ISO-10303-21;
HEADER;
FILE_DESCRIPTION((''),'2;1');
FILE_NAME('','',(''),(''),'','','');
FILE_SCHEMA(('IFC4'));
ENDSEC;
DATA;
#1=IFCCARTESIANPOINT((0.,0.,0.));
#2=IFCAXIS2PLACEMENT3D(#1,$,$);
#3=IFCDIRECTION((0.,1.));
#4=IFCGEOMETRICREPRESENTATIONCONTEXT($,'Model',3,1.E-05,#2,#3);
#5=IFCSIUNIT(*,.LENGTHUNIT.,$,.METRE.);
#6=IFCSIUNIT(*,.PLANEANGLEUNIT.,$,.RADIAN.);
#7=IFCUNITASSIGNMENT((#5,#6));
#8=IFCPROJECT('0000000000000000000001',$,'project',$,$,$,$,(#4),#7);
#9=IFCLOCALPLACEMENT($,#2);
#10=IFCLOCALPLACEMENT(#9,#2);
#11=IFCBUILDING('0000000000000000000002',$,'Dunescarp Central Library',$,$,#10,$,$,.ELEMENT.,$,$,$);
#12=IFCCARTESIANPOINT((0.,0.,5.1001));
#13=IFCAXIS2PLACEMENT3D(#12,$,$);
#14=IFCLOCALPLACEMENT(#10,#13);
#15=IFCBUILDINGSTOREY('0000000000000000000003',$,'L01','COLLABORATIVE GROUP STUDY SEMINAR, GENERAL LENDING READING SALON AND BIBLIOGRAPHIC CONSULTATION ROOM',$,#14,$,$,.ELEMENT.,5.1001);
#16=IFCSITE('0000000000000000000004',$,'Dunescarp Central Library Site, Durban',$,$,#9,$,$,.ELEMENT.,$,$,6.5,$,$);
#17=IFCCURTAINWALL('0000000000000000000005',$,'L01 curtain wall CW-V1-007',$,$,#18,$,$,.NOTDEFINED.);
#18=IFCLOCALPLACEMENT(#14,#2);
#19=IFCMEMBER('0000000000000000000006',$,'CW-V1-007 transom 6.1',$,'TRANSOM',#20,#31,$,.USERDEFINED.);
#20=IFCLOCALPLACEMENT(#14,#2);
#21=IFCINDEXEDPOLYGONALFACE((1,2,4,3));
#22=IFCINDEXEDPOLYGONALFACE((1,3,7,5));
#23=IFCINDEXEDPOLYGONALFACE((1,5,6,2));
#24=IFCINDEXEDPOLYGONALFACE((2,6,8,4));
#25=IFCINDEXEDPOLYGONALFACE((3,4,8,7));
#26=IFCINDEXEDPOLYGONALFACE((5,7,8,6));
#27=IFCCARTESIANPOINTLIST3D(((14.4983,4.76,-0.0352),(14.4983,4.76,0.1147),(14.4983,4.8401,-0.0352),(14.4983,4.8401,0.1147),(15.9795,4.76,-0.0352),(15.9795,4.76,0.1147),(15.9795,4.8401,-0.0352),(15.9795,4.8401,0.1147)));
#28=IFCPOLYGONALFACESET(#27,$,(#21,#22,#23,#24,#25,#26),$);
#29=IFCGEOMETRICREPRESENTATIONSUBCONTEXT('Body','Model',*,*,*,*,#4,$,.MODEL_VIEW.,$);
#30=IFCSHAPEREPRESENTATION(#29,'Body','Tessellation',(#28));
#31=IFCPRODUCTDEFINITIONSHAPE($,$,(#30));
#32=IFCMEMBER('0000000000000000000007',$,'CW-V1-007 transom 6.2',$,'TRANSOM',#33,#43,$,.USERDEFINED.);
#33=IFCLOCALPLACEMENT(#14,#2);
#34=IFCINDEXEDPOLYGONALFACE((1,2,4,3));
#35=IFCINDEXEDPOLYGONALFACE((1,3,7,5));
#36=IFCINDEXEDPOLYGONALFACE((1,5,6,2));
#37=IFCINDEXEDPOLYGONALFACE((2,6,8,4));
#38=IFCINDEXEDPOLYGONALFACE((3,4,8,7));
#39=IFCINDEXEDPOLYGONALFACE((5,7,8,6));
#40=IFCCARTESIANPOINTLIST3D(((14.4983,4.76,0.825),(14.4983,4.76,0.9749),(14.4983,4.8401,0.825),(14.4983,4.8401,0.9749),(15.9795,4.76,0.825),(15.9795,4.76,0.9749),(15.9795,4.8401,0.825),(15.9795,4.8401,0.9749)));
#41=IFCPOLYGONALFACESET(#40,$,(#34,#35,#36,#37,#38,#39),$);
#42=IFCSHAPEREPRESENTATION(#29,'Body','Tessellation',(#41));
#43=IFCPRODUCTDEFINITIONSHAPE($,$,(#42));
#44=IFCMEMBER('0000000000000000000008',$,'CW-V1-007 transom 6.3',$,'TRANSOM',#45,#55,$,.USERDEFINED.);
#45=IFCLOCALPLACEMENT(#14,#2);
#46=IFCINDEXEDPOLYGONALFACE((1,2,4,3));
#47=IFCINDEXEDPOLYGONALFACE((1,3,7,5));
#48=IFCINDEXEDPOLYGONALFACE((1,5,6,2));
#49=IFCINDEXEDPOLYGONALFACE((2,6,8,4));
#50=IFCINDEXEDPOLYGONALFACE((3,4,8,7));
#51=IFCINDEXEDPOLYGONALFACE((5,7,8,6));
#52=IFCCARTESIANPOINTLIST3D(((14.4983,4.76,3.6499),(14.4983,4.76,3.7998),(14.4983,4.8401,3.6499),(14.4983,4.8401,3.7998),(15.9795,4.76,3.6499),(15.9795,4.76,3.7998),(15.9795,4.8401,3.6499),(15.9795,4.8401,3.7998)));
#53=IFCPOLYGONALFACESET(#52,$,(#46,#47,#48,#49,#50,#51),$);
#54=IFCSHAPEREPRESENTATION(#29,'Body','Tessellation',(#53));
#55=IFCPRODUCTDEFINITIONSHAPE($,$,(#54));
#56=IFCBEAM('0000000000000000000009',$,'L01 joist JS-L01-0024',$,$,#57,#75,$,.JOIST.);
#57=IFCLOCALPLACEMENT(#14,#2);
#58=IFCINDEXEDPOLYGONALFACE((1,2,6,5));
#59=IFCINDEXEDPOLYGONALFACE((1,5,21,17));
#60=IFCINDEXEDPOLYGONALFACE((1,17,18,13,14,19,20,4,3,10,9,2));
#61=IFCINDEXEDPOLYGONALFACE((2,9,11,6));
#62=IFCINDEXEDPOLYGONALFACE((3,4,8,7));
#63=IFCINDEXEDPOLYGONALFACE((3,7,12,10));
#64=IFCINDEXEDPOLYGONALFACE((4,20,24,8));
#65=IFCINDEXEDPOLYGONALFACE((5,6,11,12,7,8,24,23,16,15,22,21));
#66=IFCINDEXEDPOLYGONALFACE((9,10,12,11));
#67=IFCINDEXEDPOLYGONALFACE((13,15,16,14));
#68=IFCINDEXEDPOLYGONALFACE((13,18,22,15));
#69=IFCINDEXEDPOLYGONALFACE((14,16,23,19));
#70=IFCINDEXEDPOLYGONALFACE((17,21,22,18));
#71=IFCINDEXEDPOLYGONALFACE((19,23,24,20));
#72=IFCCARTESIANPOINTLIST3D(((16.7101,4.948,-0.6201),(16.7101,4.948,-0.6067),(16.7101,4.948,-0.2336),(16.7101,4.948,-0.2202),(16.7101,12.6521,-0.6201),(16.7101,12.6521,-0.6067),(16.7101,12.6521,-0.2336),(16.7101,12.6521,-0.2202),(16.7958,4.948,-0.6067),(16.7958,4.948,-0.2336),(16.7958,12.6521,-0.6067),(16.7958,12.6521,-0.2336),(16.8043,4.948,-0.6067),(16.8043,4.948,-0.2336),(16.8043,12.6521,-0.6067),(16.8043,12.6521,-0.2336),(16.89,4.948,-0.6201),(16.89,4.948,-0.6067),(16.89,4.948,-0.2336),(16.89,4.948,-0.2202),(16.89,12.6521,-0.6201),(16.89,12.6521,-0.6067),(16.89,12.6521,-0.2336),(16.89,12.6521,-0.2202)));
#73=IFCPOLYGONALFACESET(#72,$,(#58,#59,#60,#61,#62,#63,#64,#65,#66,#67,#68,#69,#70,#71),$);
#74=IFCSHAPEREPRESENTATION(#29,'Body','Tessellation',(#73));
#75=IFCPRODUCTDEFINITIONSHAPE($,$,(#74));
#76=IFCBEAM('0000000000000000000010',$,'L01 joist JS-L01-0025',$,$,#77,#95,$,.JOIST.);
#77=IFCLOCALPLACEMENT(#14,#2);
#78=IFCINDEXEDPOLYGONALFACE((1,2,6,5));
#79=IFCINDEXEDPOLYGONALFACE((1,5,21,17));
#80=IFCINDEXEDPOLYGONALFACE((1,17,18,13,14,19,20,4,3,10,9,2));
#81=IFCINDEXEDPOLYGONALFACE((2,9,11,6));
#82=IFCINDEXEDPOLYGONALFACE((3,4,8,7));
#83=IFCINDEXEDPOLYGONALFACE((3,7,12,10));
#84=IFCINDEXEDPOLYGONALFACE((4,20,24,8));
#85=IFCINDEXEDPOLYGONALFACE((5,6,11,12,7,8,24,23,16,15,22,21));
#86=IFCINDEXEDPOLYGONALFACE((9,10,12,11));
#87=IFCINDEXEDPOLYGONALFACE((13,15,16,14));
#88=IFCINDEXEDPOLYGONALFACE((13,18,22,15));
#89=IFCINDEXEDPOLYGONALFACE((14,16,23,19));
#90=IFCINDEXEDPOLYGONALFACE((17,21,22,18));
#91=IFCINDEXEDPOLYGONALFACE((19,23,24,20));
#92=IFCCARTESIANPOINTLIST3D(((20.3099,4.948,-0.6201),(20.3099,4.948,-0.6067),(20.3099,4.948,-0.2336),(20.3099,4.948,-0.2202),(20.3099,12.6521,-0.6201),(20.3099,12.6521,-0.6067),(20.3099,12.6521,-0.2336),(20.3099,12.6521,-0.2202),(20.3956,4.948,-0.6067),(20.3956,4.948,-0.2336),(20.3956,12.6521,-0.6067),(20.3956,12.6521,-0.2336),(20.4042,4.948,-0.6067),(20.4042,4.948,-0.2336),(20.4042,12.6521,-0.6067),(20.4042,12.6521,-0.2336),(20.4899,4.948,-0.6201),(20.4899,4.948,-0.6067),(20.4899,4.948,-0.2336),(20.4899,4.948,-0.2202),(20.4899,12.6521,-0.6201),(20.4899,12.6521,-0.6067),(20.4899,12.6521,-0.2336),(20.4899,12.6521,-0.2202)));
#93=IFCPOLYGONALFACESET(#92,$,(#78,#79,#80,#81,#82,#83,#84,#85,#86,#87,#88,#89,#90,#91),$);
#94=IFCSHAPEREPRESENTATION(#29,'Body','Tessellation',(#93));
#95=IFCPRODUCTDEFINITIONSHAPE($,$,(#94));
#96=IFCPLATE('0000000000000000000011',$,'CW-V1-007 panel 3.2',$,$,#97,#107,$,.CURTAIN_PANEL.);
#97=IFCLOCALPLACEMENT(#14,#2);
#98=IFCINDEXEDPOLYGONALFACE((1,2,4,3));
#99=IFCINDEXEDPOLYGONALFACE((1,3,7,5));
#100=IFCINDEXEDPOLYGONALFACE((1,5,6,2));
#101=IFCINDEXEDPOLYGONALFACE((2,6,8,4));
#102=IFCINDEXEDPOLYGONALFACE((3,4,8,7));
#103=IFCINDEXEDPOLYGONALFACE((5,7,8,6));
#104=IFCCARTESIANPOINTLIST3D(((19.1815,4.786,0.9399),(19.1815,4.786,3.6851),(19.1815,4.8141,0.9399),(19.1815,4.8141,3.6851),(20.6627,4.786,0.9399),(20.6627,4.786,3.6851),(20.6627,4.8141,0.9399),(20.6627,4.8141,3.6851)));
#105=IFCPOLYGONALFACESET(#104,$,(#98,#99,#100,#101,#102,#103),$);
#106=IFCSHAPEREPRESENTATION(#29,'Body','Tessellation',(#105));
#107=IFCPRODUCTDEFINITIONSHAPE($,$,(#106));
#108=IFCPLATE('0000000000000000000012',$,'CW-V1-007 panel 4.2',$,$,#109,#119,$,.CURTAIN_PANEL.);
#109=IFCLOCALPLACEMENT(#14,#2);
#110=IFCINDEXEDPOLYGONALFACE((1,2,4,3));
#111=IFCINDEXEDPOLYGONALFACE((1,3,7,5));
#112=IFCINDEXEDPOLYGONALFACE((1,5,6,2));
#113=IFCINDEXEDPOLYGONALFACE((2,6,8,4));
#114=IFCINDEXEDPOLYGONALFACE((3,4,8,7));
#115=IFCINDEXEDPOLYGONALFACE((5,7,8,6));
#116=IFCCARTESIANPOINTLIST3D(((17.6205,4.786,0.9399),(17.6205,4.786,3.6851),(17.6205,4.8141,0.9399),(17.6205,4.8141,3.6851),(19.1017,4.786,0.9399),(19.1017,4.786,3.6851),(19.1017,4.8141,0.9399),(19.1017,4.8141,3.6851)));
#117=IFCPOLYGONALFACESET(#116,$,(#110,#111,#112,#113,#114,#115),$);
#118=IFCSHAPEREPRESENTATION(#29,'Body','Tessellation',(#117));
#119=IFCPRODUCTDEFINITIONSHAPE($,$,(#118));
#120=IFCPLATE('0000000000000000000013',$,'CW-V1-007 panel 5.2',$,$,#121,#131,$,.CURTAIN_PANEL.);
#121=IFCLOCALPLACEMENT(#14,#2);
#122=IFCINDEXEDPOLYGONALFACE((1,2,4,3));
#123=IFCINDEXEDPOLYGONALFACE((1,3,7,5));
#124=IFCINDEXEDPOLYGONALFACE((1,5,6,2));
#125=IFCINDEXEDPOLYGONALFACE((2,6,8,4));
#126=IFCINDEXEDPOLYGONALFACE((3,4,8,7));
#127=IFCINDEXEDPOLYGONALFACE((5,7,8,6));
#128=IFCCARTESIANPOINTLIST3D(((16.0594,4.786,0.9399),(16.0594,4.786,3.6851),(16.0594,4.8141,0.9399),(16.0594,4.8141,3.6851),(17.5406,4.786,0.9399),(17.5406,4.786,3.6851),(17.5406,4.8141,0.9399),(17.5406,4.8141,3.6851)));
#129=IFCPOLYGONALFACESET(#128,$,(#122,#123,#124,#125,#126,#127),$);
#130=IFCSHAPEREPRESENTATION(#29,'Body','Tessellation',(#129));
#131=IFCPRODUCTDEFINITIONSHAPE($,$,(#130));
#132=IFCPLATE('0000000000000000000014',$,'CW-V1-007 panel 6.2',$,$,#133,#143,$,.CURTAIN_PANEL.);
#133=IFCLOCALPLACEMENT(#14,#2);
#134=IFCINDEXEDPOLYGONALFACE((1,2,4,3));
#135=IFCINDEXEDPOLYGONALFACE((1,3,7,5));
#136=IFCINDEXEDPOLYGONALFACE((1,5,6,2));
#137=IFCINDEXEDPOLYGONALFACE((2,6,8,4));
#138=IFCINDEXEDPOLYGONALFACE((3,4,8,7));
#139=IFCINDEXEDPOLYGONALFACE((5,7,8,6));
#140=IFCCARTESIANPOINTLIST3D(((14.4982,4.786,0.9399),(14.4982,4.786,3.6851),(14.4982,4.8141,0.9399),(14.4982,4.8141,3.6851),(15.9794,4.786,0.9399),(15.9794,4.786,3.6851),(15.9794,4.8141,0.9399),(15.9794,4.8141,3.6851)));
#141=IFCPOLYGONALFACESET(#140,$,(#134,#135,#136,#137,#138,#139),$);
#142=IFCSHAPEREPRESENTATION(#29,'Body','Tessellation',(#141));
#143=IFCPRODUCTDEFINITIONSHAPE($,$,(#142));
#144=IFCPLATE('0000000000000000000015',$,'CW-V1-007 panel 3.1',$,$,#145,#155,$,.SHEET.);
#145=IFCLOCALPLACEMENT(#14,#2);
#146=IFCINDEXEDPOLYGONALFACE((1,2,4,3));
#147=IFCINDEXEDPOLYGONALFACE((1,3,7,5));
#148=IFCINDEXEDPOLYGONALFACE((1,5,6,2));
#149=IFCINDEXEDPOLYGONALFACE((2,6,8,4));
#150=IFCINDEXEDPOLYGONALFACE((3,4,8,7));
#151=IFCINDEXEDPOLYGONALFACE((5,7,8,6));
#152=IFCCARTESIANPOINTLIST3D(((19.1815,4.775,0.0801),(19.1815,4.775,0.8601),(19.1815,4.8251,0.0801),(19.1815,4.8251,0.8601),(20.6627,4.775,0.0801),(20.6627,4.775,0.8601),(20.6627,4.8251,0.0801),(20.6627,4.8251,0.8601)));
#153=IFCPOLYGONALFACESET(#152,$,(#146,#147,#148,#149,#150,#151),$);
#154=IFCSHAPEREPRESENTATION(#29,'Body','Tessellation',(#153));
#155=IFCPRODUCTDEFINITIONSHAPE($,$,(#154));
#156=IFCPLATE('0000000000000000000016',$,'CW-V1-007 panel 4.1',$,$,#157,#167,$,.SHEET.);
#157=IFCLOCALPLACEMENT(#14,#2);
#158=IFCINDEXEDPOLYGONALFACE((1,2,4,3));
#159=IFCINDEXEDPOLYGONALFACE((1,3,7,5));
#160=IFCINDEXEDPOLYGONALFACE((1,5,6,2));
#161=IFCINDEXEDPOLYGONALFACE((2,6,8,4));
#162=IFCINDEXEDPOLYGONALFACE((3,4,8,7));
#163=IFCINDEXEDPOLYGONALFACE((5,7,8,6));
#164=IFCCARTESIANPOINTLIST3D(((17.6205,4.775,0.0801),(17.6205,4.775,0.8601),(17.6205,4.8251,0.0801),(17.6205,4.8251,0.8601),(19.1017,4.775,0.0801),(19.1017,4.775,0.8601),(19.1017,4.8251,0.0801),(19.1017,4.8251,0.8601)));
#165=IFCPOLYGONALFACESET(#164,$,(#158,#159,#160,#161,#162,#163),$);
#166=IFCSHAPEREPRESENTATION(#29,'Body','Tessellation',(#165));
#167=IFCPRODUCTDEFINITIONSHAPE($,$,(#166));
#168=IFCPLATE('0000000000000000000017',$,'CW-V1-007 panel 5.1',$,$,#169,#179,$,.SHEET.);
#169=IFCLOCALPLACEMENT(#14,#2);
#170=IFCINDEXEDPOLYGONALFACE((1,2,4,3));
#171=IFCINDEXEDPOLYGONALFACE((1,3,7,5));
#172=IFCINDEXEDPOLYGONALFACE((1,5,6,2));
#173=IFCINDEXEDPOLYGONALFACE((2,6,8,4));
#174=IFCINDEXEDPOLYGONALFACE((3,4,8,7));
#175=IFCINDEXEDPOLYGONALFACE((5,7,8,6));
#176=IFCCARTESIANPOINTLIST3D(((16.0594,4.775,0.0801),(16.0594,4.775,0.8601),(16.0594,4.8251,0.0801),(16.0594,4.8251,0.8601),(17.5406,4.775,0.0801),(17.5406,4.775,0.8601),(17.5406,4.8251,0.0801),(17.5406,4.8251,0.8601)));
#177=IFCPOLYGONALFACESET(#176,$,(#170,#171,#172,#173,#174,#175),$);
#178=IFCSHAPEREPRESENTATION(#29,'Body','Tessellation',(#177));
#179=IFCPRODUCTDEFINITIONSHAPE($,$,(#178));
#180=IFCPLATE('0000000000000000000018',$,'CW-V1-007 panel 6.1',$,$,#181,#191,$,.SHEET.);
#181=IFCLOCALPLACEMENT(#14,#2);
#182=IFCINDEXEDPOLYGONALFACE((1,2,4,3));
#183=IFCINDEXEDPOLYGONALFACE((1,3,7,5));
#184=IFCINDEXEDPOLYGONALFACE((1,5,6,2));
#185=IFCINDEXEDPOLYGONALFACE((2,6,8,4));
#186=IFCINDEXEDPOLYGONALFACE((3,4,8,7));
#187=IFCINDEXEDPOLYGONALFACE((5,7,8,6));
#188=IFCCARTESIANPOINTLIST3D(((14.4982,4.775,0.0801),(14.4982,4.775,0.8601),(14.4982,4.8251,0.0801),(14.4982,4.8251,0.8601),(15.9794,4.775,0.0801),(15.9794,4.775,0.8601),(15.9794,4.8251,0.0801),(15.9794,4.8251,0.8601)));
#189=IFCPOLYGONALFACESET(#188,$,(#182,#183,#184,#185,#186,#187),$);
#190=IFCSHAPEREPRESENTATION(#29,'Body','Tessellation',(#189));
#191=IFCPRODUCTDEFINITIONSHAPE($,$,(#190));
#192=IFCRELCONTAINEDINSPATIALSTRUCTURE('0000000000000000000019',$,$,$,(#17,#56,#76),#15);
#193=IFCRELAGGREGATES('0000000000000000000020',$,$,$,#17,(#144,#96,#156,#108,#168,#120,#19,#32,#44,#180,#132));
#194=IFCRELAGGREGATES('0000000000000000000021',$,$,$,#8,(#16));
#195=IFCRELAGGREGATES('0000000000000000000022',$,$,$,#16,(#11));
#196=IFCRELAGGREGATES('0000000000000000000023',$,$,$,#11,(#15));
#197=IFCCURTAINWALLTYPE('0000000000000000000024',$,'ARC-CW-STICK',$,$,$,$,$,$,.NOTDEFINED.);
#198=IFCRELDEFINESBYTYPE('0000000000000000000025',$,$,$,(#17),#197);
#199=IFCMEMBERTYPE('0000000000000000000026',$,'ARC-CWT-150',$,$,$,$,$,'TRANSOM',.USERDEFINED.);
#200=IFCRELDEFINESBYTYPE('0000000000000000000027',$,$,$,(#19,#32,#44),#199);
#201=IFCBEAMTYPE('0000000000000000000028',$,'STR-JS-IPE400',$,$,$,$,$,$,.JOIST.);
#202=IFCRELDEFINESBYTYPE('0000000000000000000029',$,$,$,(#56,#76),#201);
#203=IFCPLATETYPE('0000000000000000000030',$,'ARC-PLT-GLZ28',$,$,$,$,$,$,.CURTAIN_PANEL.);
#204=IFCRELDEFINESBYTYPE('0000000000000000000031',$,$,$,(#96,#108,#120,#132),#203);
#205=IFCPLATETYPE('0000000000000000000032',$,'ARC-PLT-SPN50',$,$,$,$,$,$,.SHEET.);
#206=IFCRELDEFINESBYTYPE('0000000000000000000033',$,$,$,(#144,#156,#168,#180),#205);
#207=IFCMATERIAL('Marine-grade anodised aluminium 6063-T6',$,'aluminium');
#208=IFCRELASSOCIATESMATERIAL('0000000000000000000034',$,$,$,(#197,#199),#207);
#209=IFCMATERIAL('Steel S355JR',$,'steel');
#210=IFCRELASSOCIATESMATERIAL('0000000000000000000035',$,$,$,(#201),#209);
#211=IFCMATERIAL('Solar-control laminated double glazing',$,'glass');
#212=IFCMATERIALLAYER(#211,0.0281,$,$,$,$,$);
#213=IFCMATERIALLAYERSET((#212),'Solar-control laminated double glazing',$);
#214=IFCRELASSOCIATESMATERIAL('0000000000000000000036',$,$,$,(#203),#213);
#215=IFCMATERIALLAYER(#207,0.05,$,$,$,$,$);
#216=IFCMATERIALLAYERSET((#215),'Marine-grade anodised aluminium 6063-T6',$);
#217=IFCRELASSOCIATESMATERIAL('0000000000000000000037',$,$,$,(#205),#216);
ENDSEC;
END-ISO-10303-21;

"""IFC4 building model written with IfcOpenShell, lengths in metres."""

from ifc_helpers import new_model, si_unit, direction, frame, origin, origin_2d, place, context, subcontext, project, spatial, rectangle, i_section, extrude, material, layer, layer_set, material_profile, profile_set, type_object, element, aggregate, save


model = new_model("IFC4")

# Units and contexts
model_context = context("Model", 3, precision=1e-05, world=origin(), true_north=direction((0.0, 1.0)))
body_context = subcontext(model_context, "Body", "Model", "MODEL_VIEW")
ifc_project = project(units=[si_unit("LENGTHUNIT", "METRE"), si_unit("PLANEANGLEUNIT", "RADIAN")], contexts=[model_context])

# Site, building, storey
site_placement = place(None, origin())
site = spatial("IfcSite", under=ifc_project, at=site_placement, Name="Dunescarp Central Library Site, Durban", CompositionType="ELEMENT", RefElevation=6.5)
building_placement = place(site_placement, origin())
building = spatial("IfcBuilding", under=site, at=building_placement, Name="Dunescarp Central Library", CompositionType="ELEMENT")
storey_placement = place(building_placement, frame((0.0, 0.0, 5.1001)))
storey = spatial("IfcBuildingStorey", under=building, at=storey_placement, Name="L01", Description="COLLABORATIVE GROUP STUDY SEMINAR, GENERAL LENDING READING SALON AND BIBLIOGRAPHIC CONSULTATION ROOM", CompositionType="ELEMENT", Elevation=5.1001)

# Shared definitions
ifc_material_1 = material(Name="Steel S355JR", Category="steel")

# Curtain wall, members
ifc_material_2 = material(Name="Marine-grade anodised aluminium 6063-T6", Category="aluminium")
curtain_wall_type = type_object("IfcCurtainWallType", Name="ARC-CW-STICK", PredefinedType="NOTDEFINED", material=ifc_material_2)
curtain_wall_placement = place(storey_placement, origin())
curtain_wall = element("IfcCurtainWall", 1, at=curtain_wall_placement, inside=storey, type_object=curtain_wall_type, Name="L01 curtain wall CW-V1-007", PredefinedType="NOTDEFINED")
ifc_material_profile_1 = material_profile(ifc_material_2, rectangle(XDim=0.0801, YDim=0.1499, at=origin_2d()), Name="AL 80x150")
ifc_profile_set_1 = profile_set([ifc_material_profile_1], Name="Marine-grade anodised aluminium 6063-T6")
member_type_1 = type_object("IfcMemberType", Name="ARC-CWT-150", ElementType="TRANSOM", PredefinedType="USERDEFINED", material=ifc_profile_set_1)
member_1_placement = place(storey_placement, frame((15.9795, 4.8, 0.0398), z_axis=(-1.0, 0.0, 0.0), x_axis=(0.0, -1.0, 0.0)))
member_1 = element("IfcMember", 2, at=member_1_placement, type_object=member_type_1, Name="CW-V1-007 transom 6.1", ObjectType="TRANSOM", PredefinedType="USERDEFINED", context=body_context, shape_type="SweptSolid", body=[
    extrude(rectangle(XDim=0.0801, YDim=0.1499, at=origin_2d()), origin(), (0.0, 0.0, 1.0), 1.4812),
])
member_2_placement = place(storey_placement, frame((15.9795, 4.8, 0.8999), z_axis=(-1.0, 0.0, 0.0), x_axis=(0.0, -1.0, 0.0)))
member_2 = element("IfcMember", 3, at=member_2_placement, type_object=member_type_1, Name="CW-V1-007 transom 6.2", ObjectType="TRANSOM", PredefinedType="USERDEFINED", context=body_context, shape_type="SweptSolid", body=[
    extrude(rectangle(XDim=0.0801, YDim=0.1499, at=origin_2d()), origin(), (0.0, 0.0, 1.0), 1.4812),
])
member_3_placement = place(storey_placement, frame((15.9795, 4.8, 3.7249), z_axis=(-1.0, 0.0, 0.0), x_axis=(0.0, -1.0, 0.0)))
member_3 = element("IfcMember", 4, at=member_3_placement, type_object=member_type_1, Name="CW-V1-007 transom 6.3", ObjectType="TRANSOM", PredefinedType="USERDEFINED", context=body_context, shape_type="SweptSolid", body=[
    extrude(rectangle(XDim=0.0801, YDim=0.1499, at=origin_2d()), origin(), (0.0, 0.0, 1.0), 1.4812),
])

# Beams
ifc_material_profile_2 = material_profile(ifc_material_1, i_section(OverallWidth=0.1799, OverallDepth=0.3999, WebThickness=0.0085, FlangeThickness=0.0134, at=origin_2d()), Name="IPE 400")
ifc_profile_set_2 = profile_set([ifc_material_profile_2], Name="Steel S355JR")
beam_type = type_object("IfcBeamType", Name="STR-JS-IPE400", PredefinedType="JOIST", material=ifc_profile_set_2)
for number, where, z_axis, x_axis, name in (
    (5, (16.8, 4.948, -0.4202), (0.0, 1.0, 0.0), (-1.0, 0.0, 0.0), "L01 joist JS-L01-0024"),
    (6, (20.3999, 4.948, -0.4202), (0.0, 1.0, 0.0), (-1.0, 0.0, 0.0), "L01 joist JS-L01-0025"),
):
    element("IfcBeam", number, at=place(storey_placement, frame(where, z_axis=z_axis, x_axis=x_axis)), inside=storey, type_object=beam_type, Name=name, PredefinedType="JOIST", context=body_context, shape_type="SweptSolid", body=[
        extrude(i_section(OverallWidth=0.1799, OverallDepth=0.3999, WebThickness=0.0085, FlangeThickness=0.0134, at=origin_2d()), origin(), (0.0, 0.0, 1.0), 7.7041),
    ])

# Plates
ifc_material_3 = material(Name="Solar-control laminated double glazing", Category="glass")
ifc_layer_1 = layer(ifc_material_3, 0.0281)
ifc_layer_set_1 = layer_set([ifc_layer_1], Name="Solar-control laminated double glazing")
plate_type_1 = type_object("IfcPlateType", Name="ARC-PLT-GLZ28", PredefinedType="CURTAIN_PANEL", material=ifc_layer_set_1)
plate_1_placement = place(storey_placement, frame((19.9221, 4.8, 0.9399), z_axis=(0.0, 0.0, 1.0), x_axis=(-1.0, 0.0, 0.0)))
plate_1 = element("IfcPlate", 7, at=plate_1_placement, type_object=plate_type_1, Name="CW-V1-007 panel 3.2", PredefinedType="CURTAIN_PANEL", context=body_context, shape_type="SweptSolid", body=[
    extrude(rectangle(XDim=1.4812, YDim=0.0281, at=origin_2d()), origin(), (0.0, 0.0, 1.0), 2.7451),
])
plate_2_placement = place(storey_placement, frame((18.3611, 4.8, 0.9399), z_axis=(0.0, 0.0, 1.0), x_axis=(-1.0, 0.0, 0.0)))
plate_2 = element("IfcPlate", 8, at=plate_2_placement, type_object=plate_type_1, Name="CW-V1-007 panel 4.2", PredefinedType="CURTAIN_PANEL", context=body_context, shape_type="SweptSolid", body=[
    extrude(rectangle(XDim=1.4812, YDim=0.0281, at=origin_2d()), origin(), (0.0, 0.0, 1.0), 2.7451),
])
plate_3_placement = place(storey_placement, frame((16.8, 4.8, 0.9399), z_axis=(0.0, 0.0, 1.0), x_axis=(-1.0, 0.0, 0.0)))
plate_3 = element("IfcPlate", 9, at=plate_3_placement, type_object=plate_type_1, Name="CW-V1-007 panel 5.2", PredefinedType="CURTAIN_PANEL", context=body_context, shape_type="SweptSolid", body=[
    extrude(rectangle(XDim=1.4812, YDim=0.0281, at=origin_2d()), origin(), (0.0, 0.0, 1.0), 2.7451),
])
plate_4_placement = place(storey_placement, frame((15.2388, 4.8, 0.9399), z_axis=(0.0, 0.0, 1.0), x_axis=(-1.0, 0.0, 0.0)))
plate_4 = element("IfcPlate", 10, at=plate_4_placement, type_object=plate_type_1, Name="CW-V1-007 panel 6.2", PredefinedType="CURTAIN_PANEL", context=body_context, shape_type="SweptSolid", body=[
    extrude(rectangle(XDim=1.4812, YDim=0.0281, at=origin_2d()), origin(), (0.0, 0.0, 1.0), 2.7451),
])
ifc_layer_2 = layer(ifc_material_2, 0.05)
ifc_layer_set_2 = layer_set([ifc_layer_2], Name="Marine-grade anodised aluminium 6063-T6")
plate_type_2 = type_object("IfcPlateType", Name="ARC-PLT-SPN50", PredefinedType="SHEET", material=ifc_layer_set_2)
plate_5_placement = place(storey_placement, frame((19.9221, 4.8, 0.0801), z_axis=(0.0, 0.0, 1.0), x_axis=(-1.0, 0.0, 0.0)))
plate_5 = element("IfcPlate", 11, at=plate_5_placement, type_object=plate_type_2, Name="CW-V1-007 panel 3.1", PredefinedType="SHEET", context=body_context, shape_type="SweptSolid", body=[
    extrude(rectangle(XDim=1.4812, YDim=0.05, at=origin_2d()), origin(), (0.0, 0.0, 1.0), 0.78),
])
plate_6_placement = place(storey_placement, frame((18.3611, 4.8, 0.0801), z_axis=(0.0, 0.0, 1.0), x_axis=(-1.0, 0.0, 0.0)))
plate_6 = element("IfcPlate", 12, at=plate_6_placement, type_object=plate_type_2, Name="CW-V1-007 panel 4.1", PredefinedType="SHEET", context=body_context, shape_type="SweptSolid", body=[
    extrude(rectangle(XDim=1.4812, YDim=0.05, at=origin_2d()), origin(), (0.0, 0.0, 1.0), 0.78),
])
plate_7_placement = place(storey_placement, frame((16.8, 4.8, 0.0801), z_axis=(0.0, 0.0, 1.0), x_axis=(-1.0, 0.0, 0.0)))
plate_7 = element("IfcPlate", 13, at=plate_7_placement, type_object=plate_type_2, Name="CW-V1-007 panel 5.1", PredefinedType="SHEET", context=body_context, shape_type="SweptSolid", body=[
    extrude(rectangle(XDim=1.4812, YDim=0.05, at=origin_2d()), origin(), (0.0, 0.0, 1.0), 0.78),
])
plate_8_placement = place(storey_placement, frame((15.2388, 4.8, 0.0801), z_axis=(0.0, 0.0, 1.0), x_axis=(-1.0, 0.0, 0.0)))
plate_8 = element("IfcPlate", 14, at=plate_8_placement, type_object=plate_type_2, Name="CW-V1-007 panel 6.1", PredefinedType="SHEET", context=body_context, shape_type="SweptSolid", body=[
    extrude(rectangle(XDim=1.4812, YDim=0.05, at=origin_2d()), origin(), (0.0, 0.0, 1.0), 0.78),
])
aggregate(curtain_wall, [plate_5, plate_1, plate_6, plate_2, plate_7, plate_3, member_1, member_2, member_3, plate_8, plate_4])

save(model, "model.ifc")
